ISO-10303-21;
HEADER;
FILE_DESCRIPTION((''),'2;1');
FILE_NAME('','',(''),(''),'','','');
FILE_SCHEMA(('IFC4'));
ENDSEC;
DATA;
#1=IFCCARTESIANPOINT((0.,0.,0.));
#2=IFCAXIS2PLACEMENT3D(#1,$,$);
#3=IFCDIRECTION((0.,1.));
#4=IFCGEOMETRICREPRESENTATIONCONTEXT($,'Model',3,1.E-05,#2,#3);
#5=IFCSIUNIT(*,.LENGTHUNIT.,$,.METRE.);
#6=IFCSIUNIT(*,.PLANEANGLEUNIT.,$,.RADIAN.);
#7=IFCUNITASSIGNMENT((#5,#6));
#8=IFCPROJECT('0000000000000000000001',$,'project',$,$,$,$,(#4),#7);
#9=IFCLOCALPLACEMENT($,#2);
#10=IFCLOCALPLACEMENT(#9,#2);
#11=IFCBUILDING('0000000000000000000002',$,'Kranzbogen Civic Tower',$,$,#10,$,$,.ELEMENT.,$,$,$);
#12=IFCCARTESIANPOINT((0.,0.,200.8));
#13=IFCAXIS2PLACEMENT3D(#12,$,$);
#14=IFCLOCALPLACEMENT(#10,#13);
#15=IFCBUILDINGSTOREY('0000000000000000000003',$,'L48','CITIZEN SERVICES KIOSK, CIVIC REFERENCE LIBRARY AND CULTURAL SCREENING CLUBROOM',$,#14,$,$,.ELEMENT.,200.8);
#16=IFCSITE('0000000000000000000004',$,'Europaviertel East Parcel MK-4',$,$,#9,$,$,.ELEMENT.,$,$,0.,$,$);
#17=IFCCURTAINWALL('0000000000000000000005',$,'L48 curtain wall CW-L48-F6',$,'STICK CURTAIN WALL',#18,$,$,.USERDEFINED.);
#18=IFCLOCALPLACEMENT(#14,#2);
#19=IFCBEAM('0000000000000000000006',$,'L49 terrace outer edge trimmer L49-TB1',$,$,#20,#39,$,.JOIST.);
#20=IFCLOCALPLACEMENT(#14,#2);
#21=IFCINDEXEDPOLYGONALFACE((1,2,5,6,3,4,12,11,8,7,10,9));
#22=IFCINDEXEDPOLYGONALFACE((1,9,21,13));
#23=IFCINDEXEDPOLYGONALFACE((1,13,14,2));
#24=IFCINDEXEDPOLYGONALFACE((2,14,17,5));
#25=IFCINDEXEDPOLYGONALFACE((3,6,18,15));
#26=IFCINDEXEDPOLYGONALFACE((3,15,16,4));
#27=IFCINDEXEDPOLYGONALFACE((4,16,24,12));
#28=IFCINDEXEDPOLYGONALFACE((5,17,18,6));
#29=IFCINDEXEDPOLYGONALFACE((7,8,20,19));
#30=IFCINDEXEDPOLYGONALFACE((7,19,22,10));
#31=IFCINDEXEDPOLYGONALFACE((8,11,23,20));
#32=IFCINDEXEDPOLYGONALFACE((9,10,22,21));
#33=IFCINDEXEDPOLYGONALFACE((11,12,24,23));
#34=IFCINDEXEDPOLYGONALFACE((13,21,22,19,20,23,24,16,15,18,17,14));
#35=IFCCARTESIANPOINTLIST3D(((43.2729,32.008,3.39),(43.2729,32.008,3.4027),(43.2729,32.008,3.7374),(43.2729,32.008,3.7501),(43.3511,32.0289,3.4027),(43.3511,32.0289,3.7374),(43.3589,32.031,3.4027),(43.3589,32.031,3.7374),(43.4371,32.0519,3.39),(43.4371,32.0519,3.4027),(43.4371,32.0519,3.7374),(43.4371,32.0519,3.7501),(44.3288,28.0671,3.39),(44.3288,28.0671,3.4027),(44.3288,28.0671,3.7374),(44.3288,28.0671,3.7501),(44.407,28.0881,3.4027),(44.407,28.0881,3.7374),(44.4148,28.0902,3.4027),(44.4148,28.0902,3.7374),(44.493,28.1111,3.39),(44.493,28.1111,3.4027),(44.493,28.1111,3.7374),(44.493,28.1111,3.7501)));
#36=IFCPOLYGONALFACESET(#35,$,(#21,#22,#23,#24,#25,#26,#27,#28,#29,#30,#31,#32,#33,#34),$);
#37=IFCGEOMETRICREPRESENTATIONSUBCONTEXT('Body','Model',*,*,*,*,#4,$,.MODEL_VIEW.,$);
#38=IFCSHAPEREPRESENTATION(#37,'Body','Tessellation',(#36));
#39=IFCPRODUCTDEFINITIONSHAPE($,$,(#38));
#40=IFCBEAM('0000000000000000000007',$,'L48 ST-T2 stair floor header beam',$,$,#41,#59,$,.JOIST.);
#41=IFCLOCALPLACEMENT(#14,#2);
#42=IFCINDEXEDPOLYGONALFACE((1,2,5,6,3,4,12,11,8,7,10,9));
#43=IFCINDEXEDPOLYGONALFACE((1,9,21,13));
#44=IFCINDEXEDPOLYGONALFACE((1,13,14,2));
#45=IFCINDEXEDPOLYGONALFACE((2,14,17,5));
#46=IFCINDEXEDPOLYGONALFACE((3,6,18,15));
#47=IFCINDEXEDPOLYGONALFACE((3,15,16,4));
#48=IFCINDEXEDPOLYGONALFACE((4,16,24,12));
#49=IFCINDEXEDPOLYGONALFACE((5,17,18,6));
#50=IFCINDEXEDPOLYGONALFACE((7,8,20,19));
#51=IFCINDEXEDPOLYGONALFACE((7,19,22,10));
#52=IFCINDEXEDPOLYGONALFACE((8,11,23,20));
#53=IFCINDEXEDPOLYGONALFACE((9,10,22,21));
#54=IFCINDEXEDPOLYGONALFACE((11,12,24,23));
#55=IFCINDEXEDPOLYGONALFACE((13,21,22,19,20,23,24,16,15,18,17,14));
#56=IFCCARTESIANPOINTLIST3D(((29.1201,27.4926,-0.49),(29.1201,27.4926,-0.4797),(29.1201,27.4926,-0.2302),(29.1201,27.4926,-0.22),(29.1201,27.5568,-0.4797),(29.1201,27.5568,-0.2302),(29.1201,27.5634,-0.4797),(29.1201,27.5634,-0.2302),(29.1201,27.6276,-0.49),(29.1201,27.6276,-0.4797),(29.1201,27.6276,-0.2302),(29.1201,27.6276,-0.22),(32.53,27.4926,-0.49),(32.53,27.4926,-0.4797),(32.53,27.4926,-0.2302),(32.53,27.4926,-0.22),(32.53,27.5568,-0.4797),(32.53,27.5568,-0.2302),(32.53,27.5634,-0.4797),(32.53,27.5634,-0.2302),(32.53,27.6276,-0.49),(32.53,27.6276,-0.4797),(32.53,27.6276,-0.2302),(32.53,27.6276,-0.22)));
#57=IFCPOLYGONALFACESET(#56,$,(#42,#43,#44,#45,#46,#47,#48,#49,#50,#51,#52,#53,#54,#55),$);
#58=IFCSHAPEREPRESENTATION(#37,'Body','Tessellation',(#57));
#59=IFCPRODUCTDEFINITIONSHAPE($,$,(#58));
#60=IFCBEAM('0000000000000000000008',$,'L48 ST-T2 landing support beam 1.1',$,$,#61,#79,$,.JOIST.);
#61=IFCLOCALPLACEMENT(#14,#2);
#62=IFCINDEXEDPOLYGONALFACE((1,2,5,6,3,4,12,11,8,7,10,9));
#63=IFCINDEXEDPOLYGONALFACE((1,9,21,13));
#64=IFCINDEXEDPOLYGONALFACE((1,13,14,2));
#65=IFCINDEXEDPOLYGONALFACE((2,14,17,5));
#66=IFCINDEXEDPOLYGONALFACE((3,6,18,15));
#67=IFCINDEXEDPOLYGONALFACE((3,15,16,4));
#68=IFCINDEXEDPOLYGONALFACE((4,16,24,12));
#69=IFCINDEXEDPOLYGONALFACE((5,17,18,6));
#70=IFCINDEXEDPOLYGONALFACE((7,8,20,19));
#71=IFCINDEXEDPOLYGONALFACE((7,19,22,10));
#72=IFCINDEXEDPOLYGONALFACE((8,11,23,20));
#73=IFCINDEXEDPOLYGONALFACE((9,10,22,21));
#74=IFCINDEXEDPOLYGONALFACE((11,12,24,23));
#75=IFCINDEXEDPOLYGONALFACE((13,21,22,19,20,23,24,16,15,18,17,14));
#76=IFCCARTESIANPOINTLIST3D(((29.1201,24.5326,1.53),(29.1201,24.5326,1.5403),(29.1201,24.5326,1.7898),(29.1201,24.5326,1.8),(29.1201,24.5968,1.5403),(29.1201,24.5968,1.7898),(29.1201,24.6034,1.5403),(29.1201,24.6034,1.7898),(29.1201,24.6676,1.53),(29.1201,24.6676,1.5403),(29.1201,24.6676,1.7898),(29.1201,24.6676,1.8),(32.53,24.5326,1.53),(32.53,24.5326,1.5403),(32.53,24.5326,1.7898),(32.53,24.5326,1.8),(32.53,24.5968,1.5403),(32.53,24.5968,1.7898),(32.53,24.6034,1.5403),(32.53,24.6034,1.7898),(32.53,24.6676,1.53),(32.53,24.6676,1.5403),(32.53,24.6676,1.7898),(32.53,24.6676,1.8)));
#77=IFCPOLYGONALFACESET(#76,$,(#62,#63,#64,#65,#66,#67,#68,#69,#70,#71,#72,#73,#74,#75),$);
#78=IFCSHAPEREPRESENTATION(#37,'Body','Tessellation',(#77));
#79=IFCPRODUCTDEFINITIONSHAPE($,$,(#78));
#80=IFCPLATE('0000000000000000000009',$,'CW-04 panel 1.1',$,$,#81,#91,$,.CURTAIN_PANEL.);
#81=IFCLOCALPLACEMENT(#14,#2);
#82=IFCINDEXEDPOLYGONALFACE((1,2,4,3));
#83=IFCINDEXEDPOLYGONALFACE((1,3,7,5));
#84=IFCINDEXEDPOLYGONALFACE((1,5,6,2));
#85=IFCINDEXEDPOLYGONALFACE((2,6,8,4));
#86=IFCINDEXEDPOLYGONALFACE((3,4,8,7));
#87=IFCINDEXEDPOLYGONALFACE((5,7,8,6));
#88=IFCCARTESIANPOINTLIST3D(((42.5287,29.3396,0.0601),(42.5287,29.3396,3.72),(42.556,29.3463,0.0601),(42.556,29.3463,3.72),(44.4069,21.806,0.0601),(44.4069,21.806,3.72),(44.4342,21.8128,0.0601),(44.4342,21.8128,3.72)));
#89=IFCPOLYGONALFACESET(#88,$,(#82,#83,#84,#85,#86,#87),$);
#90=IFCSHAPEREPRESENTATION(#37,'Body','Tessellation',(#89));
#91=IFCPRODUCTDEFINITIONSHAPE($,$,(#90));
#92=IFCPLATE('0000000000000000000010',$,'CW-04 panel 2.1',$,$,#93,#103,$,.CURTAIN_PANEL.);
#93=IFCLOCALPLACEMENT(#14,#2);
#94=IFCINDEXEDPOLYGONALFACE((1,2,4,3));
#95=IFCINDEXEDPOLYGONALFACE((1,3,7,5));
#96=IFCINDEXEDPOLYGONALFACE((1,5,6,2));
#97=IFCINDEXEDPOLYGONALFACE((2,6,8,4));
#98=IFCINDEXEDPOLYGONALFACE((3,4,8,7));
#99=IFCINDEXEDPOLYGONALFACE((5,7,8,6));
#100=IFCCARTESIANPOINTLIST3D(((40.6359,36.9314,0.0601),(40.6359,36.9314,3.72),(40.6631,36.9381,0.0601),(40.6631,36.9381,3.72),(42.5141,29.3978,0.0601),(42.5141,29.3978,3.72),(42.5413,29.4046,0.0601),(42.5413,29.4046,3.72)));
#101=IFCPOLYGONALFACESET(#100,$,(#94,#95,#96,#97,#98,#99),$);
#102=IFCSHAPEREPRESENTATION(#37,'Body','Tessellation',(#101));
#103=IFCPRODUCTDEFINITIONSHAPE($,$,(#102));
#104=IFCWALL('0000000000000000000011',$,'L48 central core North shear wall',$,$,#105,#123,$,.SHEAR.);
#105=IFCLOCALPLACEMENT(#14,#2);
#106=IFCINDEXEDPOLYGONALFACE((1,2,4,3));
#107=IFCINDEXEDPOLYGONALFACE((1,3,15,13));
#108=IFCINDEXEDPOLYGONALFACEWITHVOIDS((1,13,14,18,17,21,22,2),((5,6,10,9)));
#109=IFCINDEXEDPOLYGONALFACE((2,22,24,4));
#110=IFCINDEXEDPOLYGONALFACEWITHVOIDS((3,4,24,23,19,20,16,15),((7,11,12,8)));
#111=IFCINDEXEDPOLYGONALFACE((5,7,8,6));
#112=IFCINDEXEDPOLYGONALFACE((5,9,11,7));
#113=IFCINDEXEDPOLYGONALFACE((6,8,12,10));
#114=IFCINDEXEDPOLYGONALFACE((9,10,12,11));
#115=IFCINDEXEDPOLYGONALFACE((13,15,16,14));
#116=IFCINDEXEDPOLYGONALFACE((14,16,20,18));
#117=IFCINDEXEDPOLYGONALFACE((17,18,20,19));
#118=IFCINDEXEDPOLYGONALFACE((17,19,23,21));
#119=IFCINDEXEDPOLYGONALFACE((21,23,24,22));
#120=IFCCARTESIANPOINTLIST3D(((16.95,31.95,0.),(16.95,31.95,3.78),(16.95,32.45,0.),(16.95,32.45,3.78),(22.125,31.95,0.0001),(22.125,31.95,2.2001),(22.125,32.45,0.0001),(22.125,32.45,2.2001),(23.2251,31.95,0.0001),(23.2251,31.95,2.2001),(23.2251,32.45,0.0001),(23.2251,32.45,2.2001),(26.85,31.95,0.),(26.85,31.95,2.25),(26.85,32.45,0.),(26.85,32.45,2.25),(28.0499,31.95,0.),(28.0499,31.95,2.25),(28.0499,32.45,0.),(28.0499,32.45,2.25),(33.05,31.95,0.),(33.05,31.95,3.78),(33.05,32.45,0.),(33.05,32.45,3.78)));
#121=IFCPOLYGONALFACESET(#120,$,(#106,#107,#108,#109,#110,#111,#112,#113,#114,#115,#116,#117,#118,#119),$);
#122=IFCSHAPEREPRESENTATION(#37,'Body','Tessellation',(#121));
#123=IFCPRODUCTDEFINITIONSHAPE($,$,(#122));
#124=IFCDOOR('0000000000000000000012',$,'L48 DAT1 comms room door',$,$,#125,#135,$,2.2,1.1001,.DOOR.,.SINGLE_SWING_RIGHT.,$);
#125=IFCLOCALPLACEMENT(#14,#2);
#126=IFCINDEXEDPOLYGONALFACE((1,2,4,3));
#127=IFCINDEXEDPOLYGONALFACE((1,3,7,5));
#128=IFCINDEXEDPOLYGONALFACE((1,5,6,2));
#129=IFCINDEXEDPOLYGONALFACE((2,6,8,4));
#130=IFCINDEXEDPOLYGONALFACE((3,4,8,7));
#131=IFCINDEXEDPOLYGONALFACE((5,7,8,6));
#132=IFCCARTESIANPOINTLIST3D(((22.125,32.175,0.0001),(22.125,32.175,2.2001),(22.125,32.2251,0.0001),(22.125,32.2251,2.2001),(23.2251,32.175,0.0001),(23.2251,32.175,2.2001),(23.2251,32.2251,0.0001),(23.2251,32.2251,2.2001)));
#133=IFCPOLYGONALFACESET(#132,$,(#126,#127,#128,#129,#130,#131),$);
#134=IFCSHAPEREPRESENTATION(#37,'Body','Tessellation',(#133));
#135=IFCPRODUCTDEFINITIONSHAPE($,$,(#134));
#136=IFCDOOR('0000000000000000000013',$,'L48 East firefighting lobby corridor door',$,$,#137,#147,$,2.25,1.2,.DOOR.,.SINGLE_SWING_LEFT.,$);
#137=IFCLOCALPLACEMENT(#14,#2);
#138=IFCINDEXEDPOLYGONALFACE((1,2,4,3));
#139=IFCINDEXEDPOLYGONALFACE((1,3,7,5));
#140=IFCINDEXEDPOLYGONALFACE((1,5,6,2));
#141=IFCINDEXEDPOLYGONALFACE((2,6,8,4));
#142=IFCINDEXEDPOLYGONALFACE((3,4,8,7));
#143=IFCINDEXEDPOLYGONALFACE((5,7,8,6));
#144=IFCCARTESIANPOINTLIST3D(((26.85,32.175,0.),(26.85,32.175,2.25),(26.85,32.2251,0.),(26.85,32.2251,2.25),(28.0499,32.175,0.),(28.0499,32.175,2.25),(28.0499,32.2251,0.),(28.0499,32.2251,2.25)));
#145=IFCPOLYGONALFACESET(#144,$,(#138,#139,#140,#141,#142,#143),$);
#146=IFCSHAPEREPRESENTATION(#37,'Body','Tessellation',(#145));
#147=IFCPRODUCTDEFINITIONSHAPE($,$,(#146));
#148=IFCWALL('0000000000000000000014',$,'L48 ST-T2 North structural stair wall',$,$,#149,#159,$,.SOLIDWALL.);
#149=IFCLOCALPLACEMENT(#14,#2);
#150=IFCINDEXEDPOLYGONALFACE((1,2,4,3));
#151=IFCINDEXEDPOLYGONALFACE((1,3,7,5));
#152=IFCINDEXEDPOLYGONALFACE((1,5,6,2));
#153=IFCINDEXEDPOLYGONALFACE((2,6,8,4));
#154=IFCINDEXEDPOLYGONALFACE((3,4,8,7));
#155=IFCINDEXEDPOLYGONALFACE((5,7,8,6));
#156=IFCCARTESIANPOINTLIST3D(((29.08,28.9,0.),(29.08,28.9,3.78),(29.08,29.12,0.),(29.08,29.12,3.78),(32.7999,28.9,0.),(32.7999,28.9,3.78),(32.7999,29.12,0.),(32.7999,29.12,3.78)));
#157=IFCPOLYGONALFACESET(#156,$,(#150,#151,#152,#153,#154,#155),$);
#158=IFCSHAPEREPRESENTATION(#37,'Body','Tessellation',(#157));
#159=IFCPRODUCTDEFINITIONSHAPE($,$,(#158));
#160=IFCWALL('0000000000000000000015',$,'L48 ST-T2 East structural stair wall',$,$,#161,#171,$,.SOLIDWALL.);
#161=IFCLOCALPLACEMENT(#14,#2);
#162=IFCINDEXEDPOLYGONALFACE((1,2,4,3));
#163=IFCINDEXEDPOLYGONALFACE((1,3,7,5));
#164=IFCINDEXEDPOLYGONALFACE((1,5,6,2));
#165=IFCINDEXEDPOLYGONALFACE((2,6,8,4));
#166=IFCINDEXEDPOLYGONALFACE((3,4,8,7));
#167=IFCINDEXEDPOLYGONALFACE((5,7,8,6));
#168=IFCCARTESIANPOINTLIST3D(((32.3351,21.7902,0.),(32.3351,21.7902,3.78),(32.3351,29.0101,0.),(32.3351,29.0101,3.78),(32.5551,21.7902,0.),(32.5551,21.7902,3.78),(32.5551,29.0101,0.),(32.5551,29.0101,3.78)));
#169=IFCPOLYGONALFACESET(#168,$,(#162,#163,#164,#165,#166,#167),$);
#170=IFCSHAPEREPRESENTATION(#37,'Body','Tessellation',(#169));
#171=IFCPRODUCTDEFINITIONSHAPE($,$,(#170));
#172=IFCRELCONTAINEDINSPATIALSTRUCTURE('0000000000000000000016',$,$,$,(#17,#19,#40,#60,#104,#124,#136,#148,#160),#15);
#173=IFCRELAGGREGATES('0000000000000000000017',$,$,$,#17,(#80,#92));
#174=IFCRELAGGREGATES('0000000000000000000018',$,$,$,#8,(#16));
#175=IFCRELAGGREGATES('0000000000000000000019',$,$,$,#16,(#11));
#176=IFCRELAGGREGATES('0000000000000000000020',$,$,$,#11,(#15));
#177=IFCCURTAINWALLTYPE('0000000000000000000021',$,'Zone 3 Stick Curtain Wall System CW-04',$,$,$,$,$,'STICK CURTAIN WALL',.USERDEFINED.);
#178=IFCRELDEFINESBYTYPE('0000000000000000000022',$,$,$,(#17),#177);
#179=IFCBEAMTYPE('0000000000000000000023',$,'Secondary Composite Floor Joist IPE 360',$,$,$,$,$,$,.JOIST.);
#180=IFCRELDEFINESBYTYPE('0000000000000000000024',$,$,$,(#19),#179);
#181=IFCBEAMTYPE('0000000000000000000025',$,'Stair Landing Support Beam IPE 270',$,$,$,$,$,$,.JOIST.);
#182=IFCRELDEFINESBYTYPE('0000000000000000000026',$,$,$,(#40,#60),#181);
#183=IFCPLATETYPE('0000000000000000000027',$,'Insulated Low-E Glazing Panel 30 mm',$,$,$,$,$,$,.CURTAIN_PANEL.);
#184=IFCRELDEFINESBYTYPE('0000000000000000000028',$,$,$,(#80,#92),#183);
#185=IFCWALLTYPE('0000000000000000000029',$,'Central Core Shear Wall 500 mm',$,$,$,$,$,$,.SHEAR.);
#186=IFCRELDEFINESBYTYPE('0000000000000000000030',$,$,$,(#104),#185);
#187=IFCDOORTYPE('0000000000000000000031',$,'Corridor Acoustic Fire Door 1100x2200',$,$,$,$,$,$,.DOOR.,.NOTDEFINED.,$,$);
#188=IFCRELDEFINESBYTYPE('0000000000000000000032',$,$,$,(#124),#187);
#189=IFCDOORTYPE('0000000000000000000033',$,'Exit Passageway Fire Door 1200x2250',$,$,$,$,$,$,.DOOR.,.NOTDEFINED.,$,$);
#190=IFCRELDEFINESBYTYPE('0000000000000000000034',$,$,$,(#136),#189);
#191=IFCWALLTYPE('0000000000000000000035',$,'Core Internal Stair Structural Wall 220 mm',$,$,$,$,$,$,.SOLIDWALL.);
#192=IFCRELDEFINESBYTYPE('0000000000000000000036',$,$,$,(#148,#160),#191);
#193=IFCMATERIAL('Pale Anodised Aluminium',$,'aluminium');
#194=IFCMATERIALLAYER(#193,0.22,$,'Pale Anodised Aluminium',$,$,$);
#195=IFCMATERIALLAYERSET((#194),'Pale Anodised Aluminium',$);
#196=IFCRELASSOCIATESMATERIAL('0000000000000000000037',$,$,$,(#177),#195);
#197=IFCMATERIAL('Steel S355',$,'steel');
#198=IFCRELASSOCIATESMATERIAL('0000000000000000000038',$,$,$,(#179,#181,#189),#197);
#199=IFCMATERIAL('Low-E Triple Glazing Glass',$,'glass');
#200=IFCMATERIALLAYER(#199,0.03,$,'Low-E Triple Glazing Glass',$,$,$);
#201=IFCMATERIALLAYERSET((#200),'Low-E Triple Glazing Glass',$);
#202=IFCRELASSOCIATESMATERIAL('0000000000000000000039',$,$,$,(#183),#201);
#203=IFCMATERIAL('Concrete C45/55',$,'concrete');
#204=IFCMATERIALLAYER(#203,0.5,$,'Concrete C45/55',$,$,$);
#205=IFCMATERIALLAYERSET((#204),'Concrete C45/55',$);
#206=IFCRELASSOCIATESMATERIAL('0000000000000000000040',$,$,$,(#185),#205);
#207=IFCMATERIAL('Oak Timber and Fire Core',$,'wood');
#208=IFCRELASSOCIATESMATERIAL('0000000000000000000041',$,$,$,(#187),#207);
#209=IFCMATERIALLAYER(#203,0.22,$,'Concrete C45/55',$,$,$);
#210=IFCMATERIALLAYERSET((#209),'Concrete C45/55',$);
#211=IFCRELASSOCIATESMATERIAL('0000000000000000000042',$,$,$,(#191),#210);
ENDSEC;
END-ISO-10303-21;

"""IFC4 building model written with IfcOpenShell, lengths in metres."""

from ifc_helpers import new_model, si_unit, direction, frame, frame_2d, origin, origin_2d, place, context, subcontext, project, spatial, rectangle, i_section, extrude, material, layer, layer_set, material_profile, profile_set, type_object, element, fill, aggregate, save


model = new_model("IFC4")

# Units and contexts
model_context = context("Model", 3, precision=1e-05, world=origin(), true_north=direction((0.0, 1.0)))
body_context = subcontext(model_context, "Body", "Model", "MODEL_VIEW")
ifc_project = project(units=[si_unit("LENGTHUNIT", "METRE"), si_unit("PLANEANGLEUNIT", "RADIAN")], contexts=[model_context])

# Site, building, storey
site_placement = place(None, origin())
site = spatial("IfcSite", under=ifc_project, at=site_placement, Name="Europaviertel East Parcel MK-4", CompositionType="ELEMENT", RefElevation=0.0)
building_placement = place(site_placement, origin())
building = spatial("IfcBuilding", under=site, at=building_placement, Name="Kranzbogen Civic Tower", CompositionType="ELEMENT")
storey_placement = place(building_placement, frame((0.0, 0.0, 200.8)))
storey = spatial("IfcBuildingStorey", under=building, at=storey_placement, Name="L48", Description="CITIZEN SERVICES KIOSK, CIVIC REFERENCE LIBRARY AND CULTURAL SCREENING CLUBROOM", CompositionType="ELEMENT", Elevation=200.8)

# Shared definitions
ifc_material_1 = material(Name="Steel S355", Category="steel")

# Curtain wall
ifc_material_2 = material(Name="Pale Anodised Aluminium", Category="aluminium")
ifc_layer_1 = layer(ifc_material_2, 0.22, Name="Pale Anodised Aluminium")
ifc_layer_set_1 = layer_set([ifc_layer_1], Name="Pale Anodised Aluminium")
curtain_wall_type = type_object("IfcCurtainWallType", Name="Zone 3 Stick Curtain Wall System CW-04", ElementType="STICK CURTAIN WALL", PredefinedType="USERDEFINED", material=ifc_layer_set_1)
curtain_wall_placement = place(storey_placement, origin())
curtain_wall = element("IfcCurtainWall", 1, at=curtain_wall_placement, inside=storey, type_object=curtain_wall_type, Name="L48 curtain wall CW-L48-F6", ObjectType="STICK CURTAIN WALL", PredefinedType="USERDEFINED")

# Beams
ifc_material_profile_1 = material_profile(ifc_material_1, i_section(OverallWidth=0.1699, OverallDepth=0.3601, WebThickness=0.0081, FlangeThickness=0.0127, at=origin_2d()), Name="IPE 360")
ifc_profile_set_1 = profile_set([ifc_material_profile_1], Name="Steel S355")
beam_type_1 = type_object("IfcBeamType", Name="Secondary Composite Floor Joist IPE 360", PredefinedType="JOIST", material=ifc_profile_set_1)
beam_1_placement = place(storey_placement, frame((44.4109, 28.0891, 3.5701), z_axis=(-0.258806, 0.965929, 0.0), x_axis=(-0.965929, -0.258806, 0.0)))
element("IfcBeam", 2, at=beam_1_placement, inside=storey, type_object=beam_type_1, Name="L49 terrace outer edge trimmer L49-TB1", PredefinedType="JOIST", context=body_context, shape_type="SweptSolid", body=[
    extrude(i_section(OverallWidth=0.1699, OverallDepth=0.3601, WebThickness=0.0081, FlangeThickness=0.0127, at=origin_2d()), origin(), (0.0, 0.0, 1.0), 4.0798),
])
ifc_material_profile_2 = material_profile(ifc_material_1, i_section(OverallWidth=0.135, OverallDepth=0.27, WebThickness=0.0066, FlangeThickness=0.0103, at=origin_2d()), Name="IPE 270")
ifc_profile_set_2 = profile_set([ifc_material_profile_2], Name="Steel S355")
beam_type_2 = type_object("IfcBeamType", Name="Stair Landing Support Beam IPE 270", PredefinedType="JOIST", material=ifc_profile_set_2)
for number, where, z_axis, x_axis, name in (
    (3, (29.1201, 27.5601, -0.355), (1.0, 0.0, 0.0), (0.0, 1.0, 0.0), "L48 ST-T2 stair floor header beam"),
    (4, (29.1201, 24.6001, 1.665), (1.0, 0.0, 0.0), (0.0, 1.0, 0.0), "L48 ST-T2 landing support beam 1.1"),
):
    element("IfcBeam", number, at=place(storey_placement, frame(where, z_axis=z_axis, x_axis=x_axis)), inside=storey, type_object=beam_type_2, Name=name, PredefinedType="JOIST", context=body_context, shape_type="SweptSolid", body=[
        extrude(i_section(OverallWidth=0.135, OverallDepth=0.27, WebThickness=0.0066, FlangeThickness=0.0103, at=origin_2d()), origin(), (0.0, 0.0, 1.0), 3.4099),
    ])

# Plates
ifc_material_3 = material(Name="Low-E Triple Glazing Glass", Category="glass")
ifc_layer_2 = layer(ifc_material_3, 0.03, Name="Low-E Triple Glazing Glass")
ifc_layer_set_2 = layer_set([ifc_layer_2], Name="Low-E Triple Glazing Glass")
plate_type = type_object("IfcPlateType", Name="Insulated Low-E Glazing Panel 30 mm", PredefinedType="CURTAIN_PANEL", material=ifc_layer_set_2)
plate_1_placement = place(storey_placement, frame((43.4814, 25.5762, 0.0601), z_axis=(0.0, 0.0, 1.0), x_axis=(-0.241906, 0.9703, 0.0)))
plate_1 = element("IfcPlate", 5, at=plate_1_placement, type_object=plate_type, Name="CW-04 panel 1.1", PredefinedType="CURTAIN_PANEL", context=body_context, shape_type="SweptSolid", body=[
    extrude(rectangle(XDim=7.7642, YDim=0.0281, at=origin_2d()), origin(), (0.0, 0.0, 1.0), 3.6599),
])
plate_2_placement = place(storey_placement, frame((41.5886, 33.168, 0.0601), z_axis=(0.0, 0.0, 1.0), x_axis=(-0.241906, 0.9703, 0.0)))
plate_2 = element("IfcPlate", 6, at=plate_2_placement, type_object=plate_type, Name="CW-04 panel 2.1", PredefinedType="CURTAIN_PANEL", context=body_context, shape_type="SweptSolid", body=[
    extrude(rectangle(XDim=7.7642, YDim=0.0281, at=origin_2d()), origin(), (0.0, 0.0, 1.0), 3.6599),
])
aggregate(curtain_wall, [plate_1, plate_2])

# Wall, openings, doors
ifc_material_4 = material(Name="Concrete C45/55", Category="concrete")
ifc_layer_3 = layer(ifc_material_4, 0.5, Name="Concrete C45/55")
ifc_layer_set_3 = layer_set([ifc_layer_3], Name="Concrete C45/55")
wall_type_1 = type_object("IfcWallType", Name="Central Core Shear Wall 500 mm", PredefinedType="SHEAR", material=ifc_layer_set_3)
wall_1_placement = place(storey_placement, frame((33.05, 32.2, 0.0), z_axis=(0.0, 0.0, 1.0), x_axis=(-1.0, 0.0, 0.0)))
wall_1 = element("IfcWall", 7, at=wall_1_placement, inside=storey, type_object=wall_type_1, Name="L48 central core North shear wall", PredefinedType="SHEAR", context=body_context, shape_type="SweptSolid", body=[
    extrude(rectangle(XDim=16.1001, YDim=0.5, at=frame_2d((8.05, 0.0))), origin(), (0.0, 0.0, 1.0), 3.78),
])
opening_1_placement = place(wall_1_placement, frame((5.0, 0.0, 0.0)))
opening_1 = element("IfcOpeningElement", 8, at=opening_1_placement, cuts=wall_1, PredefinedType="OPENING", context=body_context, shape_type="SweptSolid", body=[
    extrude(rectangle(XDim=1.2, YDim=2.25, at=frame_2d((0.6001, 1.125))), frame((0.0, 0.26, 0.0), z_axis=(0.0, -1.0, 0.0), x_axis=(1.0, 0.0, 0.0)), (0.0, 0.0, 1.0), 0.52),
])
opening_2_placement = place(wall_1_placement, frame((9.825, 0.0, 0.0)))
opening_2 = element("IfcOpeningElement", 9, at=opening_2_placement, cuts=wall_1, PredefinedType="OPENING", context=body_context, shape_type="SweptSolid", body=[
    extrude(rectangle(XDim=1.1001, YDim=2.2, at=frame_2d((0.55, 1.1001))), frame((0.0, 0.26, 0.0), z_axis=(0.0, -1.0, 0.0), x_axis=(1.0, 0.0, 0.0)), (0.0, 0.0, 1.0), 0.52),
])
ifc_material_5 = material(Name="Oak Timber and Fire Core", Category="wood")
door_type_1 = type_object("IfcDoorType", Name="Corridor Acoustic Fire Door 1100x2200", OperationType="NOTDEFINED", PredefinedType="DOOR", material=ifc_material_5)
door_1_placement = place(opening_2_placement, origin())
door_1 = element("IfcDoor", 10, at=door_1_placement, inside=storey, type_object=door_type_1, Name="L48 DAT1 comms room door", OperationType="SINGLE_SWING_RIGHT", OverallHeight=2.2, OverallWidth=1.1001, PredefinedType="DOOR", context=body_context, shape_type="SweptSolid", body=[
    extrude(rectangle(XDim=1.1001, YDim=2.2, at=frame_2d((0.55, 1.1001))), frame((0.0, 0.0249, 0.0), z_axis=(0.0, -1.0, 0.0), x_axis=(1.0, 0.0, 0.0)), (0.0, 0.0, 1.0), 0.05),
])
fill(opening_2, door_1)
door_type_2 = type_object("IfcDoorType", Name="Exit Passageway Fire Door 1200x2250", OperationType="NOTDEFINED", PredefinedType="DOOR", material=ifc_material_1)
door_2_placement = place(opening_1_placement, origin())
door_2 = element("IfcDoor", 11, at=door_2_placement, inside=storey, type_object=door_type_2, Name="L48 East firefighting lobby corridor door", OperationType="SINGLE_SWING_LEFT", OverallHeight=2.25, OverallWidth=1.2, PredefinedType="DOOR", context=body_context, shape_type="SweptSolid", body=[
    extrude(rectangle(XDim=1.2, YDim=2.25, at=frame_2d((0.6001, 1.125))), frame((0.0, 0.0249, 0.0), z_axis=(0.0, -1.0, 0.0), x_axis=(1.0, 0.0, 0.0)), (0.0, 0.0, 1.0), 0.05),
])
fill(opening_1, door_2)

# Walls
ifc_layer_4 = layer(ifc_material_4, 0.22, Name="Concrete C45/55")
ifc_layer_set_4 = layer_set([ifc_layer_4], Name="Concrete C45/55")
wall_type_2 = type_object("IfcWallType", Name="Core Internal Stair Structural Wall 220 mm", PredefinedType="SOLIDWALL", material=ifc_layer_set_4)
wall_2_placement = place(storey_placement, frame((29.0801, 29.01, 0.0), z_axis=(0.0, 0.0, 1.0), x_axis=(1.0, 0.0, 0.0)))
element("IfcWall", 12, at=wall_2_placement, inside=storey, type_object=wall_type_2, Name="L48 ST-T2 North structural stair wall", PredefinedType="SOLIDWALL", context=body_context, shape_type="SweptSolid", body=[
    extrude(rectangle(XDim=3.72, YDim=0.22, at=frame_2d((1.8599, 0.0))), origin(), (0.0, 0.0, 1.0), 3.78),
])
wall_3_placement = place(storey_placement, frame((32.4451, 29.01, 0.0), z_axis=(0.0, 0.0, 1.0), x_axis=(0.0, -1.0, 0.0)))
element("IfcWall", 13, at=wall_3_placement, inside=storey, type_object=wall_type_2, Name="L48 ST-T2 East structural stair wall", PredefinedType="SOLIDWALL", context=body_context, shape_type="SweptSolid", body=[
    extrude(rectangle(XDim=7.22, YDim=0.22, at=frame_2d((3.6099, 0.0))), origin(), (0.0, 0.0, 1.0), 3.78),
])

save(model, "model.ifc")
